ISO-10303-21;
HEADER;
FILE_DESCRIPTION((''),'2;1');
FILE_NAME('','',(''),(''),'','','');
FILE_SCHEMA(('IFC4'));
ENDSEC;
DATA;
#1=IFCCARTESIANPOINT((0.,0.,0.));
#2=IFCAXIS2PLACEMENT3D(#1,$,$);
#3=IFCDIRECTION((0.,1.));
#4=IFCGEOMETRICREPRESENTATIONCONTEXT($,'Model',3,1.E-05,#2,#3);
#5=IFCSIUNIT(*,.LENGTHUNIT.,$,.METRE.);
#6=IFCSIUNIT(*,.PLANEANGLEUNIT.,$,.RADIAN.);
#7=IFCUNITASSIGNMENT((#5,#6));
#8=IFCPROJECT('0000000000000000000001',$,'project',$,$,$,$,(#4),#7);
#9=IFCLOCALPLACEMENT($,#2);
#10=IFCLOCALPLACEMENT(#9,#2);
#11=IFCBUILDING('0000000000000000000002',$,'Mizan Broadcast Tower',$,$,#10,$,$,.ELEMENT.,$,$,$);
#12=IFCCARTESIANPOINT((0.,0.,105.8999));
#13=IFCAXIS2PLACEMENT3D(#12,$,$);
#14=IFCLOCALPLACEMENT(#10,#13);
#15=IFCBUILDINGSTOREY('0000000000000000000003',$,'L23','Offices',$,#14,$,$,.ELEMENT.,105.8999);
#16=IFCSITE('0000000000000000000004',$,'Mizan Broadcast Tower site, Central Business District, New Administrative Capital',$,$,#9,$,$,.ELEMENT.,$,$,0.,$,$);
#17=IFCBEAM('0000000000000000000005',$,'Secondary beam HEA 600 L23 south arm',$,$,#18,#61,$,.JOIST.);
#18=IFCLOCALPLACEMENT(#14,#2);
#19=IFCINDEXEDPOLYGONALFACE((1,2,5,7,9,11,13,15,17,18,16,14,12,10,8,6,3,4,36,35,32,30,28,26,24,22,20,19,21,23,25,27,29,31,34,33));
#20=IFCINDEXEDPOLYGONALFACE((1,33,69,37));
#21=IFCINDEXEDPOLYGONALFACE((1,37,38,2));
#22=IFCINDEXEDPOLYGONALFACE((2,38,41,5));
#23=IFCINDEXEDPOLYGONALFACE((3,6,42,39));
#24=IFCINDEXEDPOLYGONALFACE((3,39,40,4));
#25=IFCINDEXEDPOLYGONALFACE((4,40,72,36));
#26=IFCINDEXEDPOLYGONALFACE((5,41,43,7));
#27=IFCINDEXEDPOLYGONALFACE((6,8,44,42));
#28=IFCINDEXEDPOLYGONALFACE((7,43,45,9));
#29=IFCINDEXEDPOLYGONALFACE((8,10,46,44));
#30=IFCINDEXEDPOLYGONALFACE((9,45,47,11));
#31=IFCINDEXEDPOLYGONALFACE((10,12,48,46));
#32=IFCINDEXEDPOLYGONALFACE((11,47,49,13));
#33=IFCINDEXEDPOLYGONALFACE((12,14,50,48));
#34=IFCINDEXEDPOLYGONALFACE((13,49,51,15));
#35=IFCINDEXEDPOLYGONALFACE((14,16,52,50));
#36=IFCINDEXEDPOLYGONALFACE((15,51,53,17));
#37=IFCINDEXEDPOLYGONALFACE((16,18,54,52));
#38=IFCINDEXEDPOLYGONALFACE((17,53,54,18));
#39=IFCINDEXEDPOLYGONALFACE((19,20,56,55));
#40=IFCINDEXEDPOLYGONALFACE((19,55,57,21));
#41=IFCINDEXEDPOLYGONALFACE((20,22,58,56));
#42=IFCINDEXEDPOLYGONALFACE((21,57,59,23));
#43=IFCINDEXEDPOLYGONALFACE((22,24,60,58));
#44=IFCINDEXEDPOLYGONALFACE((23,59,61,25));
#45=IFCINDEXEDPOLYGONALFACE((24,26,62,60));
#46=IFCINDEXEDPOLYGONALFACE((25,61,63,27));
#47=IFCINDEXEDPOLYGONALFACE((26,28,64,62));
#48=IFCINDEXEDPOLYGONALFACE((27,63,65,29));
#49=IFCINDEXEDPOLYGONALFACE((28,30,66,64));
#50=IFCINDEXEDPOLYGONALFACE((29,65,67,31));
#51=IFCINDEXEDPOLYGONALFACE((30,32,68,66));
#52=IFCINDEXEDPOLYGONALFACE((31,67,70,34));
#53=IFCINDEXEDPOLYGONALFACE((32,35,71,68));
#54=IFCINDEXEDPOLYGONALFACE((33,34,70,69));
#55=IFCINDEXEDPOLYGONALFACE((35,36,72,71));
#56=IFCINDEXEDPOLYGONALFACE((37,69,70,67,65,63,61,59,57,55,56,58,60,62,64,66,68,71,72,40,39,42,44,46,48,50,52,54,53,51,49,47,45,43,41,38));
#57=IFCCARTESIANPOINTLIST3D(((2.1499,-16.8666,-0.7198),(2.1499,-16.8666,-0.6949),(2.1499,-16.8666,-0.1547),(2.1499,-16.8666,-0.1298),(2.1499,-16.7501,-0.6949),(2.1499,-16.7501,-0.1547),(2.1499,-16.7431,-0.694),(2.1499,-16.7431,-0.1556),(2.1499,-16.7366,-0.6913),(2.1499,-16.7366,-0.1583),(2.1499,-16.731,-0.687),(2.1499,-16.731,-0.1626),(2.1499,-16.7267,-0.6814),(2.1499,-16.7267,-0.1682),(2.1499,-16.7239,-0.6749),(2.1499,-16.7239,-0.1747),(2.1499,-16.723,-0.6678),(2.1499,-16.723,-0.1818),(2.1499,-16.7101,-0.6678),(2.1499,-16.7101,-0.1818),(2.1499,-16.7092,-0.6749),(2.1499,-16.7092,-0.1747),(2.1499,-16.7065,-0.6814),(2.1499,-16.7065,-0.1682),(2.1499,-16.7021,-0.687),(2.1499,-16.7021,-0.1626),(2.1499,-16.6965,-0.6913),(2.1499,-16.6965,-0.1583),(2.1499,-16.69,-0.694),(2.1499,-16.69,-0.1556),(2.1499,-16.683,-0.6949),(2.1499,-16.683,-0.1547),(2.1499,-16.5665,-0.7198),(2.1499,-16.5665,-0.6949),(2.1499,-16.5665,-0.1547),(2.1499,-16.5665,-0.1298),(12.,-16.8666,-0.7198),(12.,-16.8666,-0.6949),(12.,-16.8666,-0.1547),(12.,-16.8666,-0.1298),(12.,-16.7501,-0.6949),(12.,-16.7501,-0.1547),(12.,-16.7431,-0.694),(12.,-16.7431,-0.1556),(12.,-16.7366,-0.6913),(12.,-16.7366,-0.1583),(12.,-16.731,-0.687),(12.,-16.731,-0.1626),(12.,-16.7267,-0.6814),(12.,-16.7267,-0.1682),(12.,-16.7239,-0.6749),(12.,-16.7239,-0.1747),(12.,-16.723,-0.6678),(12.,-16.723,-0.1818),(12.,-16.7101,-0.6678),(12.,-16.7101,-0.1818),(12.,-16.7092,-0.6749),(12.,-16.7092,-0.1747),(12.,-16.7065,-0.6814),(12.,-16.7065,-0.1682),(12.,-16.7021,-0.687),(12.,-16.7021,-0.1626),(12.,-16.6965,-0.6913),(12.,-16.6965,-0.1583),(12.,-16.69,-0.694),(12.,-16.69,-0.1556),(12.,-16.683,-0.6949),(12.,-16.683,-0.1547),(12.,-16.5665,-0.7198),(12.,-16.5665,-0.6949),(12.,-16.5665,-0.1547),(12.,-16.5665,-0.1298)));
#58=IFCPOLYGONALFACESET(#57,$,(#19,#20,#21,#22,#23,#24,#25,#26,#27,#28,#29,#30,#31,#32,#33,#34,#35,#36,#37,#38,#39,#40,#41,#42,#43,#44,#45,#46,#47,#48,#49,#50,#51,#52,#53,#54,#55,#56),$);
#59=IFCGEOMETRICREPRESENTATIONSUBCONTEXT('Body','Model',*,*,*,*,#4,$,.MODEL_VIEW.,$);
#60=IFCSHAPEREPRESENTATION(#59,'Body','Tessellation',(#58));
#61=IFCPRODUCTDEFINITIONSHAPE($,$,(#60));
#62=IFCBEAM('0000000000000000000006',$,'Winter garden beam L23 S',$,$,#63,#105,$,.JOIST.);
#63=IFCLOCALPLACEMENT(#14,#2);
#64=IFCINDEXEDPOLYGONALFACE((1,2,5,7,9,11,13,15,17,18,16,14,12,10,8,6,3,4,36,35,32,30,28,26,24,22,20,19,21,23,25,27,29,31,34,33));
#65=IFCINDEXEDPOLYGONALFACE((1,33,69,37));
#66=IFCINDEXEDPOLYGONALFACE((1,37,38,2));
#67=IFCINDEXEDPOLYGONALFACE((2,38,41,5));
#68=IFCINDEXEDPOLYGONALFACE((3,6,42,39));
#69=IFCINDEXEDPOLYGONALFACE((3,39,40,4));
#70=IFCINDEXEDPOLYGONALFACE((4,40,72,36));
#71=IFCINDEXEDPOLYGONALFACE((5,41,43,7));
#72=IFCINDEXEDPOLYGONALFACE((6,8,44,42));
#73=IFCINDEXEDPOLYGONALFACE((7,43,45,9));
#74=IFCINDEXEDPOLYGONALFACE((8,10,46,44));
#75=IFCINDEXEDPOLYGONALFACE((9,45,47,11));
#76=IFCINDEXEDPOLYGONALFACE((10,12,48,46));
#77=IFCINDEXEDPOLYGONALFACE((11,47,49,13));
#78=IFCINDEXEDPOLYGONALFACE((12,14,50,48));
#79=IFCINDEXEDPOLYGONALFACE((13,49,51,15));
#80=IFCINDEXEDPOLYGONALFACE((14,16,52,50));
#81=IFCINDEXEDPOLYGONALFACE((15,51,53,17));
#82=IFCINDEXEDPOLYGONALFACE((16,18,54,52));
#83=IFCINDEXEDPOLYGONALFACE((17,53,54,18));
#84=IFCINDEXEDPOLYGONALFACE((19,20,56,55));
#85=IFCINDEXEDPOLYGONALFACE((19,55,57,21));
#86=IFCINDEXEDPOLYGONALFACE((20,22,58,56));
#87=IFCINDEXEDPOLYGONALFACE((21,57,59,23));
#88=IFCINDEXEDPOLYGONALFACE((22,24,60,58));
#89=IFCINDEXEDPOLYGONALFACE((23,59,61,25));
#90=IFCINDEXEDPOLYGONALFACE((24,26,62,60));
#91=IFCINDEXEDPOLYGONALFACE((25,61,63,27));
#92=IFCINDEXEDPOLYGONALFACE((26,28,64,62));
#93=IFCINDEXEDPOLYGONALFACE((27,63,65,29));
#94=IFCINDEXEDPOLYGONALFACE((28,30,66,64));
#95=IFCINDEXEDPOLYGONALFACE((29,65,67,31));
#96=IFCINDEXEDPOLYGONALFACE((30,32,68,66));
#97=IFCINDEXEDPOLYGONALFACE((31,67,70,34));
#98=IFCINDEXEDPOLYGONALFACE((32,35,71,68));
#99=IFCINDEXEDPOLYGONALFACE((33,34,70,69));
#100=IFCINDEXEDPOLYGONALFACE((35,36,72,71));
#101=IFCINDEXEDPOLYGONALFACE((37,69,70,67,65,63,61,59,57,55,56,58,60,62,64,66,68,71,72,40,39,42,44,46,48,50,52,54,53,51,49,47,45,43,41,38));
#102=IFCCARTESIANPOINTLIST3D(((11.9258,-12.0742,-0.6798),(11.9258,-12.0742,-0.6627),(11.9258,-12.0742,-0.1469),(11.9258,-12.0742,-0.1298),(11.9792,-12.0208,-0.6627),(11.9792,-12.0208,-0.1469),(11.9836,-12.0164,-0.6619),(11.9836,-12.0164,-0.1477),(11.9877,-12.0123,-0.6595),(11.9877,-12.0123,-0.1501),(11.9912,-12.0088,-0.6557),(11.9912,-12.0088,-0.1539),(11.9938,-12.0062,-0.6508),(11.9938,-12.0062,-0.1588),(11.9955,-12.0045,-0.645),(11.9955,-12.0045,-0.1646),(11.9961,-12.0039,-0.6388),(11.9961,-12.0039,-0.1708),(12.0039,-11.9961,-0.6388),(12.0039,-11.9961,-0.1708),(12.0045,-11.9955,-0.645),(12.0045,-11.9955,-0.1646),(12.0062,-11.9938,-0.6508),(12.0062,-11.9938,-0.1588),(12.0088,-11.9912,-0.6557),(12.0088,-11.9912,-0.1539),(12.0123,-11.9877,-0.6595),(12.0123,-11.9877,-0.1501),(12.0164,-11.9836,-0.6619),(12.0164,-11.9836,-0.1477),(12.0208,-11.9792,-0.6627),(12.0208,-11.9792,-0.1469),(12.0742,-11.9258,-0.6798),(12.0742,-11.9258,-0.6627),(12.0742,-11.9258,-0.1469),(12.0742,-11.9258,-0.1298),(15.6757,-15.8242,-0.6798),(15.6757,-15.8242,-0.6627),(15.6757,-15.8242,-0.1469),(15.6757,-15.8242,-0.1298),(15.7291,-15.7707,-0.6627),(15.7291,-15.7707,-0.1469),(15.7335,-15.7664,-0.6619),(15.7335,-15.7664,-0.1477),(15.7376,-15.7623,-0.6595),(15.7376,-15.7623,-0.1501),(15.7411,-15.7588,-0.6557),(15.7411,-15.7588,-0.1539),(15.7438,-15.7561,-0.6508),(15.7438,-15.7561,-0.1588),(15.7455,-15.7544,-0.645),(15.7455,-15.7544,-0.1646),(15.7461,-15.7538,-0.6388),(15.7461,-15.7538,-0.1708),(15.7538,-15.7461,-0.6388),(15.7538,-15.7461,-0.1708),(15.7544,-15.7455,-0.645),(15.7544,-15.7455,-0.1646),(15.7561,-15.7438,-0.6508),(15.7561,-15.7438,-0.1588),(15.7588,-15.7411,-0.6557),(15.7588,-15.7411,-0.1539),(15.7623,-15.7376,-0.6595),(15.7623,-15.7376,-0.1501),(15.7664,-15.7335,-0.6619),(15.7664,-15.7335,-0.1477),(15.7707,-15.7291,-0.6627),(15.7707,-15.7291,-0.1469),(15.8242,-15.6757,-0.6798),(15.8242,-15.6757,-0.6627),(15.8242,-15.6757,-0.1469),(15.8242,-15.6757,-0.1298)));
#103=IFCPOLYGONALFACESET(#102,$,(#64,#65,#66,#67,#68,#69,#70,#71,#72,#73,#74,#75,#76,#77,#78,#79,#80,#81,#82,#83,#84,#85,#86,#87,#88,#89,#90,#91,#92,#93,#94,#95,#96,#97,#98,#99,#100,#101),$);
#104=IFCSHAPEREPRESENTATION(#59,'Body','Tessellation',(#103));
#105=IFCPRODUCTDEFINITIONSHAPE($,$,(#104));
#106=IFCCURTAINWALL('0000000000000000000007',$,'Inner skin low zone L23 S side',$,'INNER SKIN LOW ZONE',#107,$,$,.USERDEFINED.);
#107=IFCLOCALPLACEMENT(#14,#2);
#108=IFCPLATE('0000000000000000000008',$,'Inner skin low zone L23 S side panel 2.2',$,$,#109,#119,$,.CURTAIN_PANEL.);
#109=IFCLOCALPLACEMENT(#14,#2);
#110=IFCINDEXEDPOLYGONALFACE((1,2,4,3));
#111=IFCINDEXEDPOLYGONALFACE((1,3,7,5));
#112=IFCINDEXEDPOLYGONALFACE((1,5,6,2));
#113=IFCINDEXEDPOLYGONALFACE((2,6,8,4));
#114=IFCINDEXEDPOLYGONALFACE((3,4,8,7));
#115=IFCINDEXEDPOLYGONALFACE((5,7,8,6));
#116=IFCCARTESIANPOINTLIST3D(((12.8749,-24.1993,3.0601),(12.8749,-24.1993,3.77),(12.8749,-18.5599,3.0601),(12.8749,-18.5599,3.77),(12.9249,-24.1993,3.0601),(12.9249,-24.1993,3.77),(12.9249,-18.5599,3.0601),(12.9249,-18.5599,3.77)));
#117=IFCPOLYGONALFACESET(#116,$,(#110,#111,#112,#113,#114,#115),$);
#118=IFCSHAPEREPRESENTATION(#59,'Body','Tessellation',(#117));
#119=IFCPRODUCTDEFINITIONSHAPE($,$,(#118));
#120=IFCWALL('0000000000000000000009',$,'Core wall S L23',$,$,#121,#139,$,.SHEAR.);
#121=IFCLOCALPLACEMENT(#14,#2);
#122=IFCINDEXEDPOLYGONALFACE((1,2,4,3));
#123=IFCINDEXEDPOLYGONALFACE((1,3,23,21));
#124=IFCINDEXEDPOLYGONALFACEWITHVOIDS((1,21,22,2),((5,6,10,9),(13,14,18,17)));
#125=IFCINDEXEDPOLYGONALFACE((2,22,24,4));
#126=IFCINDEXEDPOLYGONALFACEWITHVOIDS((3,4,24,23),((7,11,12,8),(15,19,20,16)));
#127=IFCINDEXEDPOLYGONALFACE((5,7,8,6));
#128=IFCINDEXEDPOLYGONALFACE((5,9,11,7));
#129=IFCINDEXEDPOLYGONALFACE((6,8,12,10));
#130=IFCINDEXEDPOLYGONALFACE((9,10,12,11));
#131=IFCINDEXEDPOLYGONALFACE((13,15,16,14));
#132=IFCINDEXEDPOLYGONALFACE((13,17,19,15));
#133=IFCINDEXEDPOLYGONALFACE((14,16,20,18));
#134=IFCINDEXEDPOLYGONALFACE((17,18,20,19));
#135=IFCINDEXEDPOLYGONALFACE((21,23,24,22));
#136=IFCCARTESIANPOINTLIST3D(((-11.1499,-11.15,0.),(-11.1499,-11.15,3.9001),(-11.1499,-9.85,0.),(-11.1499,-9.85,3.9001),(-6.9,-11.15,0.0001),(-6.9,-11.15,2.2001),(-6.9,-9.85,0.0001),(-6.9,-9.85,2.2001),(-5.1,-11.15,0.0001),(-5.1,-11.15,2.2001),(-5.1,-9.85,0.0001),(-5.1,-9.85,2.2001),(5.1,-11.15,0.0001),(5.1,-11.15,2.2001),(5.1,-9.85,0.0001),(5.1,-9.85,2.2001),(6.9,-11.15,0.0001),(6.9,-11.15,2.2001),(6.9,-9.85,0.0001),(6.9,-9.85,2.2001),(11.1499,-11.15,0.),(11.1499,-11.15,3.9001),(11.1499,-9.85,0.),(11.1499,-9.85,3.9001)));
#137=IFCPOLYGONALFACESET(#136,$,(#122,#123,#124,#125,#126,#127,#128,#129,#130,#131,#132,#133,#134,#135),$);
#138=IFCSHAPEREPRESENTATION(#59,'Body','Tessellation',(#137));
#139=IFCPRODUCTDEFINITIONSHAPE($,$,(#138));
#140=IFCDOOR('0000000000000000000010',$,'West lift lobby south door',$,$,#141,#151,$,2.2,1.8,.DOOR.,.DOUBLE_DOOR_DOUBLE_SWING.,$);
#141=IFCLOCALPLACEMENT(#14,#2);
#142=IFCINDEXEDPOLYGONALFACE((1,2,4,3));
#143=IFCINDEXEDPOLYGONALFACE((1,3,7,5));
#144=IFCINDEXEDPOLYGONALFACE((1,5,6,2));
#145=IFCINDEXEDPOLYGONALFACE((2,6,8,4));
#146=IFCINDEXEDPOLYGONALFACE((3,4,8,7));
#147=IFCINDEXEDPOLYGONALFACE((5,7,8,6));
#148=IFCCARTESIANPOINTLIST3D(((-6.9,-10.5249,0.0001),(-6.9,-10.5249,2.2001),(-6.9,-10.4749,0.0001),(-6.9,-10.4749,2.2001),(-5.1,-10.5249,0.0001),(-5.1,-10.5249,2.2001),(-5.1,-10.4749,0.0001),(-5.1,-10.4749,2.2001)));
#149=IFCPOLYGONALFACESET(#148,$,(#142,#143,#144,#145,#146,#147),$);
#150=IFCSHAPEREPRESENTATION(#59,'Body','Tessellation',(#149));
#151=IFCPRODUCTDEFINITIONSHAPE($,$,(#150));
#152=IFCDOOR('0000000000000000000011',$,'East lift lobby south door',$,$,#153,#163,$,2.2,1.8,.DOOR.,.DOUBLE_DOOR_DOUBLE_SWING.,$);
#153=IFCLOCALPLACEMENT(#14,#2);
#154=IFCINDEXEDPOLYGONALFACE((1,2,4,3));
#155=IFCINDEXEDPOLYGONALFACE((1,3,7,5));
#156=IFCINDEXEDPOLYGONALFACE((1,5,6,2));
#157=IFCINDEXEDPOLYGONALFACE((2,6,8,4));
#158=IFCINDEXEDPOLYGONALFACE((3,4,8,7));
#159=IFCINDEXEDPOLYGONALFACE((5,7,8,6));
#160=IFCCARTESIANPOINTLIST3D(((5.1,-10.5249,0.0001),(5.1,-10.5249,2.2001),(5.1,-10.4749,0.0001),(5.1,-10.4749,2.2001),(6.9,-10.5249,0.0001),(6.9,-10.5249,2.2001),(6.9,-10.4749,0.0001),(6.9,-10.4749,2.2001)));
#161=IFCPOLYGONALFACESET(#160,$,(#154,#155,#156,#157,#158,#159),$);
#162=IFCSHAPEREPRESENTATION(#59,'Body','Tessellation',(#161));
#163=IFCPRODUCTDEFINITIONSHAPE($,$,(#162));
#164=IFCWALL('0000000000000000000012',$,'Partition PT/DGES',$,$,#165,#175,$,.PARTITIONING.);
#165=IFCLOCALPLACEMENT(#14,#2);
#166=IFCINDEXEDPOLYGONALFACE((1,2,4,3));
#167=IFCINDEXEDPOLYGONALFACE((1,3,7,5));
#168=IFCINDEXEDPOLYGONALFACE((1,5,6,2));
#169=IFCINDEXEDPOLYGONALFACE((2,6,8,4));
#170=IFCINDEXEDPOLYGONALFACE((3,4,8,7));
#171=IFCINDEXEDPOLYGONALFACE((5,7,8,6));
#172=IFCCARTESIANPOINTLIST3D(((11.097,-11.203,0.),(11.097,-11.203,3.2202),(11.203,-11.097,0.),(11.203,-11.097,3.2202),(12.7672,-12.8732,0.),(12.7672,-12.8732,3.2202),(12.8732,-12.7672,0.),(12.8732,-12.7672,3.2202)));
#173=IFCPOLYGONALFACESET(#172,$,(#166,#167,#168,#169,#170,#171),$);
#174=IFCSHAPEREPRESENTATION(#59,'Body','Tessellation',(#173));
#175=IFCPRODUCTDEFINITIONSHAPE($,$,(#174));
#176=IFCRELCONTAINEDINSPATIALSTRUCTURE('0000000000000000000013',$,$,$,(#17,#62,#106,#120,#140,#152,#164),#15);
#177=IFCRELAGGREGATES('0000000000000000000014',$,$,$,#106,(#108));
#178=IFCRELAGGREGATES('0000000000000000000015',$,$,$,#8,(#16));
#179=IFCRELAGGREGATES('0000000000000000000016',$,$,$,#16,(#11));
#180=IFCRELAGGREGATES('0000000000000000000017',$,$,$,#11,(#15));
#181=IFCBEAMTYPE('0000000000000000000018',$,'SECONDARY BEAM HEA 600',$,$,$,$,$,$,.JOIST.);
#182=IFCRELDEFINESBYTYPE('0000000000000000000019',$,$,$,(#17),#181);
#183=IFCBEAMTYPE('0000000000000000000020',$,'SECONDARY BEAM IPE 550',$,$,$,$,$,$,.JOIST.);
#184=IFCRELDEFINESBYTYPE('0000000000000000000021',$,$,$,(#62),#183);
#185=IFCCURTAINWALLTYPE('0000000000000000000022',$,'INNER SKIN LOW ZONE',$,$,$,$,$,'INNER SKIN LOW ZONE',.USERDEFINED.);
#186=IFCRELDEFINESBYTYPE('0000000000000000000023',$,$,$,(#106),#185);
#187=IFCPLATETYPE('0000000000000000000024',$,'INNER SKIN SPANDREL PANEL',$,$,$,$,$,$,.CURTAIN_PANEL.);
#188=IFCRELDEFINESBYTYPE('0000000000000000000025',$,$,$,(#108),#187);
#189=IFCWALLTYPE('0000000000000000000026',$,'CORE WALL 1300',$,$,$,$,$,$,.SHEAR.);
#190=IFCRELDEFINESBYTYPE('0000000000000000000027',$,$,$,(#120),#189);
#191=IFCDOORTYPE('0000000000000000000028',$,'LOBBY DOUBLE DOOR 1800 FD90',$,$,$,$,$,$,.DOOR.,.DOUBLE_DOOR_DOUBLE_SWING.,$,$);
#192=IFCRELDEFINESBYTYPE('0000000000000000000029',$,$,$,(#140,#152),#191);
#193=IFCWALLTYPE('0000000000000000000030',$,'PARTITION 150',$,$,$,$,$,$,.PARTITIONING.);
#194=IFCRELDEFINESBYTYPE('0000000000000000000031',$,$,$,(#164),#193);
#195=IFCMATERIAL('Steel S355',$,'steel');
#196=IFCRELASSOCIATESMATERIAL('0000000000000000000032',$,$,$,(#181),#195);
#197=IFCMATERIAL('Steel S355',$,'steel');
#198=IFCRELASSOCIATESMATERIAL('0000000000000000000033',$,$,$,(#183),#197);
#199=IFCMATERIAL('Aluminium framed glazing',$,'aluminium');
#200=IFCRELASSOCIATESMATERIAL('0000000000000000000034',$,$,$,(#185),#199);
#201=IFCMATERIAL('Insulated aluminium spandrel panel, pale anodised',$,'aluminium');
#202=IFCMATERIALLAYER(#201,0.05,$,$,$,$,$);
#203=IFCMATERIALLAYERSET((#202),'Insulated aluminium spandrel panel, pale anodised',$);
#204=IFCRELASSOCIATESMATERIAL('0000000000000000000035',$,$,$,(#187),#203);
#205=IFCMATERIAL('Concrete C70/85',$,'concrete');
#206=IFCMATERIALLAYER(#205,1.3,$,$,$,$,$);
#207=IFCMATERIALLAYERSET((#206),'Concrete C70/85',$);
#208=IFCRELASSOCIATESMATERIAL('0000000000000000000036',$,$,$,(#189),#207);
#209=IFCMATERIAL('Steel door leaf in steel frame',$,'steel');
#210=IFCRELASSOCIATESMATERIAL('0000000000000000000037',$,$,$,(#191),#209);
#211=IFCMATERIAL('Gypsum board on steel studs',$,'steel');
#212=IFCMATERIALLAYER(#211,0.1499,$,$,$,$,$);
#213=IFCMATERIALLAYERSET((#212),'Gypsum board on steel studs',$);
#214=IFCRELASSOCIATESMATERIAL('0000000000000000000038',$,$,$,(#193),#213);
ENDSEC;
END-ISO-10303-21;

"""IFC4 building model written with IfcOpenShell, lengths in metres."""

from ifc_helpers import new_model, si_unit, direction, frame, frame_2d, origin, origin_2d, place, context, subcontext, project, spatial, rectangle, i_section, extrude, material, layer, layer_set, material_profile, profile_set, type_object, element, fill, aggregate, save


model = new_model("IFC4")

# Units and contexts
model_context = context("Model", 3, precision=1e-05, world=origin(), true_north=direction((0.0, 1.0)))
body_context = subcontext(model_context, "Body", "Model", "MODEL_VIEW")
ifc_project = project(units=[si_unit("LENGTHUNIT", "METRE"), si_unit("PLANEANGLEUNIT", "RADIAN")], contexts=[model_context])

# Site, building, storey
site_placement = place(None, origin())
site = spatial("IfcSite", under=ifc_project, at=site_placement, Name="Mizan Broadcast Tower site, Central Business District, New Administrative Capital", CompositionType="ELEMENT", RefElevation=0.0)
building_placement = place(site_placement, origin())
building = spatial("IfcBuilding", under=site, at=building_placement, Name="Mizan Broadcast Tower", CompositionType="ELEMENT")
storey_placement = place(building_placement, frame((0.0, 0.0, 105.8999)))
storey = spatial("IfcBuildingStorey", under=building, at=storey_placement, Name="L23", Description="Offices", CompositionType="ELEMENT", Elevation=105.8999)

# Beams
ifc_material_1 = material(Name="Steel S355", Category="steel")
ifc_material_profile_1 = material_profile(ifc_material_1, i_section(OverallWidth=0.3, OverallDepth=0.5901, WebThickness=0.0129, FlangeThickness=0.0249, FilletRadius=0.0271, at=origin_2d()), Name="HEA 600")
ifc_profile_set_1 = profile_set([ifc_material_profile_1], Name="Steel S355")
beam_type_1 = type_object("IfcBeamType", Name="SECONDARY BEAM HEA 600", PredefinedType="JOIST", material=ifc_profile_set_1)
for number, where, z_axis, x_axis, name in (
    (1, (12.0, -16.7166, -0.4248), (-1.0, 0.0, 0.0), (0.0, -1.0, 0.0), "Secondary beam HEA 600 L23 south arm"),
):
    element("IfcBeam", number, at=place(storey_placement, frame(where, z_axis=z_axis, x_axis=x_axis)), inside=storey, type_object=beam_type_1, Name=name, PredefinedType="JOIST", context=body_context, shape_type="SweptSolid", body=[
        extrude(i_section(OverallWidth=0.3, OverallDepth=0.5901, WebThickness=0.0129, FlangeThickness=0.0249, FilletRadius=0.0271, at=origin_2d()), origin(), (0.0, 0.0, 1.0), 9.8501),
    ])
ifc_material_2 = material(Name="Steel S355", Category="steel")
ifc_material_profile_2 = material_profile(ifc_material_2, i_section(OverallWidth=0.21, OverallDepth=0.55, WebThickness=0.011, FlangeThickness=0.0171, FilletRadius=0.0239, at=origin_2d()), Name="IPE 550")
ifc_profile_set_2 = profile_set([ifc_material_profile_2], Name="Steel S355")
beam_type_2 = type_object("IfcBeamType", Name="SECONDARY BEAM IPE 550", PredefinedType="JOIST", material=ifc_profile_set_2)
beam_1_placement = place(storey_placement, frame((12.0, -12.0, -0.4048), z_axis=(0.707107, -0.707107, 0.0), x_axis=(0.707107, 0.707107, 0.0)))
element("IfcBeam", 2, at=beam_1_placement, inside=storey, type_object=beam_type_2, Name="Winter garden beam L23 S", PredefinedType="JOIST", context=body_context, shape_type="SweptSolid", body=[
    extrude(i_section(OverallWidth=0.21, OverallDepth=0.55, WebThickness=0.011, FlangeThickness=0.0171, FilletRadius=0.0239, at=origin_2d()), origin(), (0.0, 0.0, 1.0), 5.3032),
])

# Curtain wall, plate
ifc_material_3 = material(Name="Aluminium framed glazing", Category="aluminium")
curtain_wall_type = type_object("IfcCurtainWallType", Name="INNER SKIN LOW ZONE", ElementType="INNER SKIN LOW ZONE", PredefinedType="USERDEFINED", material=ifc_material_3)
curtain_wall_placement = place(storey_placement, origin())
curtain_wall = element("IfcCurtainWall", 3, at=curtain_wall_placement, inside=storey, type_object=curtain_wall_type, Name="Inner skin low zone L23 S side", ObjectType="INNER SKIN LOW ZONE", PredefinedType="USERDEFINED")
ifc_material_4 = material(Name="Insulated aluminium spandrel panel, pale anodised", Category="aluminium")
ifc_layer_1 = layer(ifc_material_4, 0.05)
ifc_layer_set_1 = layer_set([ifc_layer_1], Name="Insulated aluminium spandrel panel, pale anodised")
plate_type = type_object("IfcPlateType", Name="INNER SKIN SPANDREL PANEL", PredefinedType="CURTAIN_PANEL", material=ifc_layer_set_1)
plate_placement = place(storey_placement, frame((12.8999, -21.3796, 3.0601), z_axis=(0.0, 0.0, 1.0), x_axis=(0.0, 1.0, 0.0)))
plate = element("IfcPlate", 4, at=plate_placement, type_object=plate_type, Name="Inner skin low zone L23 S side panel 2.2", PredefinedType="CURTAIN_PANEL", context=body_context, shape_type="SweptSolid", body=[
    extrude(rectangle(XDim=5.6394, YDim=0.05, at=origin_2d()), origin(), (0.0, 0.0, 1.0), 0.71),
])
aggregate(curtain_wall, [plate])

# Wall, openings, doors
ifc_material_5 = material(Name="Concrete C70/85", Category="concrete")
ifc_layer_2 = layer(ifc_material_5, 1.3)
ifc_layer_set_2 = layer_set([ifc_layer_2], Name="Concrete C70/85")
wall_type_1 = type_object("IfcWallType", Name="CORE WALL 1300", PredefinedType="SHEAR", material=ifc_layer_set_2)
wall_1_placement = place(storey_placement, frame((11.1499, -10.5, 0.0), z_axis=(0.0, 0.0, 1.0), x_axis=(-1.0, 0.0, 0.0)))
wall_1 = element("IfcWall", 5, at=wall_1_placement, inside=storey, type_object=wall_type_1, Name="Core wall S L23", PredefinedType="SHEAR", context=body_context, shape_type="SweptSolid", body=[
    extrude(rectangle(XDim=22.2998, YDim=1.3, at=frame_2d((11.1499, 0.0))), origin(), (0.0, 0.0, 1.0), 3.9001),
])
opening_1_placement = place(wall_1_placement, frame((16.25, 0.0, 0.0)))
opening_1 = element("IfcOpeningElement", 6, at=opening_1_placement, cuts=wall_1, PredefinedType="OPENING", context=body_context, shape_type="SweptSolid", body=[
    extrude(rectangle(XDim=1.8, YDim=2.2, at=frame_2d((0.8999, 1.1001))), frame((0.0, 0.6599, 0.0), z_axis=(0.0, -1.0, 0.0), x_axis=(1.0, 0.0, 0.0)), (0.0, 0.0, 1.0), 1.3201),
])
opening_2_placement = place(wall_1_placement, frame((4.25, 0.0, 0.0)))
opening_2 = element("IfcOpeningElement", 7, at=opening_2_placement, cuts=wall_1, PredefinedType="OPENING", context=body_context, shape_type="SweptSolid", body=[
    extrude(rectangle(XDim=1.8, YDim=2.2, at=frame_2d((0.8999, 1.1001))), frame((0.0, 0.6599, 0.0), z_axis=(0.0, -1.0, 0.0), x_axis=(1.0, 0.0, 0.0)), (0.0, 0.0, 1.0), 1.3201),
])
ifc_material_6 = material(Name="Steel door leaf in steel frame", Category="steel")
door_type_1 = type_object("IfcDoorType", Name="LOBBY DOUBLE DOOR 1800 FD90", OperationType="DOUBLE_DOOR_DOUBLE_SWING", PredefinedType="DOOR", material=ifc_material_6)
door_1_placement = place(opening_1_placement, origin())
door_1 = element("IfcDoor", 8, at=door_1_placement, inside=storey, type_object=door_type_1, Name="West lift lobby south door", OperationType="DOUBLE_DOOR_DOUBLE_SWING", OverallHeight=2.2, OverallWidth=1.8, PredefinedType="DOOR", context=body_context, shape_type="SweptSolid", body=[
    extrude(rectangle(XDim=1.8, YDim=2.2, at=frame_2d((0.8999, 1.1001))), frame((0.0, 0.0249, 0.0), z_axis=(0.0, -1.0, 0.0), x_axis=(1.0, 0.0, 0.0)), (0.0, 0.0, 1.0), 0.05),
])
fill(opening_1, door_1)
door_2_placement = place(opening_2_placement, origin())
door_2 = element("IfcDoor", 9, at=door_2_placement, inside=storey, type_object=door_type_1, Name="East lift lobby south door", OperationType="DOUBLE_DOOR_DOUBLE_SWING", OverallHeight=2.2, OverallWidth=1.8, PredefinedType="DOOR", context=body_context, shape_type="SweptSolid", body=[
    extrude(rectangle(XDim=1.8, YDim=2.2, at=frame_2d((0.8999, 1.1001))), frame((0.0, 0.0249, 0.0), z_axis=(0.0, -1.0, 0.0), x_axis=(1.0, 0.0, 0.0)), (0.0, 0.0, 1.0), 0.05),
])
fill(opening_2, door_2)

# Wall
ifc_material_7 = material(Name="Gypsum board on steel studs", Category="steel")
ifc_layer_3 = layer(ifc_material_7, 0.1499)
ifc_layer_set_3 = layer_set([ifc_layer_3], Name="Gypsum board on steel studs")
wall_type_2 = type_object("IfcWallType", Name="PARTITION 150", PredefinedType="PARTITIONING", material=ifc_layer_set_3)
wall_2_placement = place(storey_placement, frame((11.1499, -11.1499, 0.0), z_axis=(0.0, 0.0, 1.0), x_axis=(0.707107, -0.707107, 0.0)))
element("IfcWall", 10, at=wall_2_placement, inside=storey, type_object=wall_type_2, Name="Partition PT/DGES", PredefinedType="PARTITIONING", context=body_context, shape_type="SweptSolid", body=[
    extrude(rectangle(XDim=2.3621, YDim=0.1499, at=frame_2d((1.1812, 0.0))), origin(), (0.0, 0.0, 1.0), 3.2202),
])

save(model, "model.ifc")
